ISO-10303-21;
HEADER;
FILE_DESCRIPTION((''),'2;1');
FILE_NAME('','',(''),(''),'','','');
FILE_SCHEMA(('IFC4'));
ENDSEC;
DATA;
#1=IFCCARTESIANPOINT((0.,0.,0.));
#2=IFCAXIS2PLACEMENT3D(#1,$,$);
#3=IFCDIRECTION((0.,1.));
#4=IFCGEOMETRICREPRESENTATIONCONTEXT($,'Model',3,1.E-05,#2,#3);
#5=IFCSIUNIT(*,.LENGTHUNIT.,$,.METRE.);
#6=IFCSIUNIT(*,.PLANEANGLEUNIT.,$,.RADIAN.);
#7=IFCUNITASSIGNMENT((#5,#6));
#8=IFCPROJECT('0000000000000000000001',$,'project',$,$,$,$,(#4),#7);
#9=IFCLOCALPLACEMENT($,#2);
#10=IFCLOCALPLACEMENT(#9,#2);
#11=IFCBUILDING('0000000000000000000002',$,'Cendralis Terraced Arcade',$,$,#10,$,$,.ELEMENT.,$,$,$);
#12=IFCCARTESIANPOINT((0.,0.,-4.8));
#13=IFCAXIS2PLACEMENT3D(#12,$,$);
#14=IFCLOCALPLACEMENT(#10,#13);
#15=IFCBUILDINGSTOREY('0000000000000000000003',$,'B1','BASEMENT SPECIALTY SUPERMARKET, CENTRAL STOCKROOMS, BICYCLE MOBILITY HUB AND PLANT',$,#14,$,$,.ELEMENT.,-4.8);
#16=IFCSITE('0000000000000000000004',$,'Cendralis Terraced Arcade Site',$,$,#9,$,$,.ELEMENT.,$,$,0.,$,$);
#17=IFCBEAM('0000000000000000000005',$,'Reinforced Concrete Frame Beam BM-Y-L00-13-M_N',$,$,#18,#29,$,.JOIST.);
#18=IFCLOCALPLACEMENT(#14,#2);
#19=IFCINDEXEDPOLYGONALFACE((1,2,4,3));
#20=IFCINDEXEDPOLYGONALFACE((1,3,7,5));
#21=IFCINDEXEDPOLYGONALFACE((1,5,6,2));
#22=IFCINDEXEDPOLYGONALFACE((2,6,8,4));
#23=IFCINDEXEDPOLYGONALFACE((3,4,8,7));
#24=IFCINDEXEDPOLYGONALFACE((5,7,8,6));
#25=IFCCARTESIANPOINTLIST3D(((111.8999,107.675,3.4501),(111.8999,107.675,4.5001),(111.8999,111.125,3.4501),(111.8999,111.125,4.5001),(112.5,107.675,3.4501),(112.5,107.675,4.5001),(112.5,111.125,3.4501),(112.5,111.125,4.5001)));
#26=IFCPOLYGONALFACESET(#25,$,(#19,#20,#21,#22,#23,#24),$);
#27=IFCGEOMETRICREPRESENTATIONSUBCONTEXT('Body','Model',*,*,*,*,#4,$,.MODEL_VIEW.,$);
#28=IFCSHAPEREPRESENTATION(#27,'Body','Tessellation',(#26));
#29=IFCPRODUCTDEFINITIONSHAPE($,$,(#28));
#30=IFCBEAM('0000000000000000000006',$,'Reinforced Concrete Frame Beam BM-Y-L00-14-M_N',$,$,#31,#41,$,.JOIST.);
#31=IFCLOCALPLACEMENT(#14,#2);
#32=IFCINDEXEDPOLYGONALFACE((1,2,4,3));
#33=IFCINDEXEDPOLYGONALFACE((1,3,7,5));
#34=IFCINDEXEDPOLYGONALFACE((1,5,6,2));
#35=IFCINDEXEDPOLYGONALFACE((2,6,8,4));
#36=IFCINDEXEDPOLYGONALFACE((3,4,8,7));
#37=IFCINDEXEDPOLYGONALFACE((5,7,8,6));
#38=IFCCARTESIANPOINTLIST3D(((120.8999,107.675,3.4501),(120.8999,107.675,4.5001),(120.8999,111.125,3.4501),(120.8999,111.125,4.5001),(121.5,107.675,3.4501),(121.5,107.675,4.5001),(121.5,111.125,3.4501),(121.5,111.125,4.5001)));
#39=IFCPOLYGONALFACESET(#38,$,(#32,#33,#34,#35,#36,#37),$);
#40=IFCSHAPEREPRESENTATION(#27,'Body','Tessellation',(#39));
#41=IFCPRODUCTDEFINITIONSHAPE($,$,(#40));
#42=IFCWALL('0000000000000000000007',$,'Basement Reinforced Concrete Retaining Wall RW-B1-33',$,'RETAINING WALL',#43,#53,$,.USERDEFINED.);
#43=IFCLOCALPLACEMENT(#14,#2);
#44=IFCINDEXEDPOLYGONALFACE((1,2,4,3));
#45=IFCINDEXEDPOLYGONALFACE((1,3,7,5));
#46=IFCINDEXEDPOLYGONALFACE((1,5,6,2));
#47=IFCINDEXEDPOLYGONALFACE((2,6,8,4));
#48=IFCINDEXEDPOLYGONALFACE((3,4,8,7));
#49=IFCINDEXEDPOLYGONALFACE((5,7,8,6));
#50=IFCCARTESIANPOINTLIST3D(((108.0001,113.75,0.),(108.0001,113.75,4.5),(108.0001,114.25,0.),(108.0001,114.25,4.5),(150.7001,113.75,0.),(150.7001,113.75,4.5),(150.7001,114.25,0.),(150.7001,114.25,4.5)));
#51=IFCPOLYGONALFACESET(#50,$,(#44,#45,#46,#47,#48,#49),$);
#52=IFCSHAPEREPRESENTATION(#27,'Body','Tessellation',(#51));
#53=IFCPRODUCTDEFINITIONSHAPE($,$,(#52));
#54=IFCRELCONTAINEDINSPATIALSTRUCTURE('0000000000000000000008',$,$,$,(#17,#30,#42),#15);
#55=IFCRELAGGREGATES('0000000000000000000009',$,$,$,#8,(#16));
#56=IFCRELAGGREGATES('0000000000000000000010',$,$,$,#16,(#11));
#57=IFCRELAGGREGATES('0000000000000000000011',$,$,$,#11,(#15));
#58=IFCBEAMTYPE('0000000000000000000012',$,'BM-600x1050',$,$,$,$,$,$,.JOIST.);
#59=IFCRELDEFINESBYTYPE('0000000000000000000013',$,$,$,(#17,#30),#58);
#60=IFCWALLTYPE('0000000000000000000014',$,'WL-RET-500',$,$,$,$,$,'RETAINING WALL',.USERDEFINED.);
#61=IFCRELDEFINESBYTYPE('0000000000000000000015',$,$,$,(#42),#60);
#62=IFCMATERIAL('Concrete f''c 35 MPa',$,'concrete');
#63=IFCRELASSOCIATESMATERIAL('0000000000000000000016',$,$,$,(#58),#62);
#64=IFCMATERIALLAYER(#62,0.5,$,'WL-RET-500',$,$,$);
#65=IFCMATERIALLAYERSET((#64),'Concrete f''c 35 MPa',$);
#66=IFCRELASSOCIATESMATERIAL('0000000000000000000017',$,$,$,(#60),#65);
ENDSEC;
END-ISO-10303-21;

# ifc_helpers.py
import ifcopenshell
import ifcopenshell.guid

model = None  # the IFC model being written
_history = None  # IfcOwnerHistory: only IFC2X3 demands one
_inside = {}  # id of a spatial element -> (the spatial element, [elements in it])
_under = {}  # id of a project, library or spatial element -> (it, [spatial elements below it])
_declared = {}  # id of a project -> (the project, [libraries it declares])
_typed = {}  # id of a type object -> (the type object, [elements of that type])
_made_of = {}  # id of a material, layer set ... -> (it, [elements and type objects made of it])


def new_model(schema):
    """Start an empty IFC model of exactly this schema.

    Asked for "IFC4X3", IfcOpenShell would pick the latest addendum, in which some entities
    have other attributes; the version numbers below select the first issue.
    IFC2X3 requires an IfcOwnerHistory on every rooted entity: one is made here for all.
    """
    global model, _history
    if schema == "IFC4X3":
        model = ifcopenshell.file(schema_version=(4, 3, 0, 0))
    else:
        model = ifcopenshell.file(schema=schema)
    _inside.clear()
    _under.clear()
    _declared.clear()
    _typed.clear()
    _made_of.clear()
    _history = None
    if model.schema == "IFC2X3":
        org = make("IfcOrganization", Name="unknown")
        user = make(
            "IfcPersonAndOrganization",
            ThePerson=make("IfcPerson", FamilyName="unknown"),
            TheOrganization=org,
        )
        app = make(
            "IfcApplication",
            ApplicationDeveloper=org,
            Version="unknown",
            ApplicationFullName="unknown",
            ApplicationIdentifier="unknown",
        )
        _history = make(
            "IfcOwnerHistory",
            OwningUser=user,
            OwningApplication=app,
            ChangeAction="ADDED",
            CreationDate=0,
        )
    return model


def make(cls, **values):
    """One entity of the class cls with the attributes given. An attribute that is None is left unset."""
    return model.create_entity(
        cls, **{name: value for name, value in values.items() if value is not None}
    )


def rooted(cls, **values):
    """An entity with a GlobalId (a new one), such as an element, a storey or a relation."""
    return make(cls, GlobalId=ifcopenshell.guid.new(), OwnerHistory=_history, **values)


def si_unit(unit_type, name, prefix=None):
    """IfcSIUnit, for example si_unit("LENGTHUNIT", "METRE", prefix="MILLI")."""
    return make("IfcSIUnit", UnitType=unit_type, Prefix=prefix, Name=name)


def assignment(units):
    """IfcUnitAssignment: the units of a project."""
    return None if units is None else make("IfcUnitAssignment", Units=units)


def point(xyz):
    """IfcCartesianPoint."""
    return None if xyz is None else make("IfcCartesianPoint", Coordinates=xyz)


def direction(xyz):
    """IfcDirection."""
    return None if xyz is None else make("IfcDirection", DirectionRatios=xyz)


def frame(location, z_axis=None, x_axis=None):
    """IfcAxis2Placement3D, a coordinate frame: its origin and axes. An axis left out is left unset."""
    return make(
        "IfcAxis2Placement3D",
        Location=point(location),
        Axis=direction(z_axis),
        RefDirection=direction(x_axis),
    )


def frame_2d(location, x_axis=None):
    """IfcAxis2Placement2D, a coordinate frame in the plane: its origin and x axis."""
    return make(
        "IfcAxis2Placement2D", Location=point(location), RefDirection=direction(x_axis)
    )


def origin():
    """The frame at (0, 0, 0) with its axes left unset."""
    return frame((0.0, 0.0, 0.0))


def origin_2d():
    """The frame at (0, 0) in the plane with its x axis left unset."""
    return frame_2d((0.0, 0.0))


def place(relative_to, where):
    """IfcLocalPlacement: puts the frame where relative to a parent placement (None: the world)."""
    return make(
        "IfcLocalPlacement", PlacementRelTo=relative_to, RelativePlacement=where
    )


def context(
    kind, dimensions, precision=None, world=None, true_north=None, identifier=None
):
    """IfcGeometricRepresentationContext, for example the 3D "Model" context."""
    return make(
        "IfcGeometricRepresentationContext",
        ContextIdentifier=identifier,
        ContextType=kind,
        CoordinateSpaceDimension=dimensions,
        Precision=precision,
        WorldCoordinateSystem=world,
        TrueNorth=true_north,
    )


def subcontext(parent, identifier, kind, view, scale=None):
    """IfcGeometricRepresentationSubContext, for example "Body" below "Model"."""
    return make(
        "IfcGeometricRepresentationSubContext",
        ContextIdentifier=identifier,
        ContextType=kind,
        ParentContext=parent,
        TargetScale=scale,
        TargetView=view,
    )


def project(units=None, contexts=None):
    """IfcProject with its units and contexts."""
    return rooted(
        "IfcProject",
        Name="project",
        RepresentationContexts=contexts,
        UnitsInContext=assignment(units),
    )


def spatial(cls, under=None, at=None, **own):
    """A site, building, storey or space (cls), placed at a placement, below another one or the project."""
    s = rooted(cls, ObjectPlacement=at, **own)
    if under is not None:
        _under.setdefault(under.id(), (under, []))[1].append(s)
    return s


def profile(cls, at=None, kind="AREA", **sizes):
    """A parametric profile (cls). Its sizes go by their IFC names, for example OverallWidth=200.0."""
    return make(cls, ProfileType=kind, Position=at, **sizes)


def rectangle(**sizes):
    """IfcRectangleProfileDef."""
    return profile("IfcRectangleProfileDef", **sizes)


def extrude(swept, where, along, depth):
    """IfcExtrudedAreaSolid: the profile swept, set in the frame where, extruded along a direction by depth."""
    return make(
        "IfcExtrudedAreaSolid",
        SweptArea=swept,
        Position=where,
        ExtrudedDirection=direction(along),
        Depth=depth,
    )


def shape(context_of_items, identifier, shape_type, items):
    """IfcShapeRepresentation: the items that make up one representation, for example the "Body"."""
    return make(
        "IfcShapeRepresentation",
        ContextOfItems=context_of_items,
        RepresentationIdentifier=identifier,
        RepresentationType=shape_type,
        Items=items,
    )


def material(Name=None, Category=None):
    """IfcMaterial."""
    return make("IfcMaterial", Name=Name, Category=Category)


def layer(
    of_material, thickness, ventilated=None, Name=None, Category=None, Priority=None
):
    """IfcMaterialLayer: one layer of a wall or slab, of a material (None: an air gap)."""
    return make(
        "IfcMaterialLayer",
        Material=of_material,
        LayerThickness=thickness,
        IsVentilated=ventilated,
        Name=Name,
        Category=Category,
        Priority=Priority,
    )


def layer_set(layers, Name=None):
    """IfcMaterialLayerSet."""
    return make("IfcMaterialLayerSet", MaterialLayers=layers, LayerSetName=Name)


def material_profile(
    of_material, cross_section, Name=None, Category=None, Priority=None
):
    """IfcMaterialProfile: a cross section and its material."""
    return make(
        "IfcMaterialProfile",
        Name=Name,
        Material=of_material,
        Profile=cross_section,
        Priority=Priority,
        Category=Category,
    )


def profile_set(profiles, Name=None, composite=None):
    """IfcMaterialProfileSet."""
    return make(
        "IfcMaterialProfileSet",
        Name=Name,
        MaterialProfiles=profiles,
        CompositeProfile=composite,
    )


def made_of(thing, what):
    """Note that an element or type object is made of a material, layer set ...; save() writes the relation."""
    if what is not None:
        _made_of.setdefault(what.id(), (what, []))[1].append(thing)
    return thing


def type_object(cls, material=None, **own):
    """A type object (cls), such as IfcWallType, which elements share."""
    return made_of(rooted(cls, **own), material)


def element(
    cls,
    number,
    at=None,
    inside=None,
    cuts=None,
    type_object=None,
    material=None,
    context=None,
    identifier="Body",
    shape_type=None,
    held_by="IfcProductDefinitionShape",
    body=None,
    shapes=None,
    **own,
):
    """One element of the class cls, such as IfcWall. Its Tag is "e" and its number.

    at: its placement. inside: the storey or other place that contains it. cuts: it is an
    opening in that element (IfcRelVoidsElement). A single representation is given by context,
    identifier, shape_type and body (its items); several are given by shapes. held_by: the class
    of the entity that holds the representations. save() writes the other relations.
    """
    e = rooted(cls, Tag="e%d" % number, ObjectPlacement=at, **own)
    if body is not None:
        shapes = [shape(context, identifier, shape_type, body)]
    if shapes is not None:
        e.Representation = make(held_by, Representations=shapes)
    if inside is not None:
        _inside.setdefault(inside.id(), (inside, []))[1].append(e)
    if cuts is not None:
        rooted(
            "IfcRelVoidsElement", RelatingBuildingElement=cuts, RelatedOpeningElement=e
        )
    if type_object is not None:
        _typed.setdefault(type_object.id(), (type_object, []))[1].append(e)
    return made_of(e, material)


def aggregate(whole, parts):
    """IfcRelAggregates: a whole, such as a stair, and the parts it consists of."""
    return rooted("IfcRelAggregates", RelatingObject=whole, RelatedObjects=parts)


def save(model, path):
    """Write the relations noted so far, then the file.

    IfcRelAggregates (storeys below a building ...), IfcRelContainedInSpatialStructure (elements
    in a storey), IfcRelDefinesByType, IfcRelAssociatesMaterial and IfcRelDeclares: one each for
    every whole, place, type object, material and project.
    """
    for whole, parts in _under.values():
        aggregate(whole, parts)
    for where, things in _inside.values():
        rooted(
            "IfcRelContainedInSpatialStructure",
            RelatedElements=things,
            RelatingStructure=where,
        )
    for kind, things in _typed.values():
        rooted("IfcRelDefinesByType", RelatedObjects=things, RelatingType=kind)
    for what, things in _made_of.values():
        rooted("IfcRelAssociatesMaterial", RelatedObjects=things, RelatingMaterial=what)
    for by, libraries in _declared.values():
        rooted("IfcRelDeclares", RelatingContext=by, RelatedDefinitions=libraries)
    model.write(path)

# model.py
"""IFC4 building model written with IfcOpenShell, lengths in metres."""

from ifc_helpers import new_model, si_unit, direction, frame, frame_2d, origin, origin_2d, place, context, subcontext, project, spatial, rectangle, extrude, material, layer, layer_set, material_profile, profile_set, type_object, element, save


model = new_model("IFC4")

# Units and contexts
model_context = context("Model", 3, precision=1e-05, world=origin(), true_north=direction((0.0, 1.0)))
body_context = subcontext(model_context, "Body", "Model", "MODEL_VIEW")
ifc_project = project(units=[si_unit("LENGTHUNIT", "METRE"), si_unit("PLANEANGLEUNIT", "RADIAN")], contexts=[model_context])

# Site, building, storey
site_placement = place(None, origin())
site = spatial("IfcSite", under=ifc_project, at=site_placement, Name="Cendralis Terraced Arcade Site", CompositionType="ELEMENT", RefElevation=0.0)
building_placement = place(site_placement, origin())
building = spatial("IfcBuilding", under=site, at=building_placement, Name="Cendralis Terraced Arcade", CompositionType="ELEMENT")
storey_placement = place(building_placement, frame((0.0, 0.0, -4.8)))
storey = spatial("IfcBuildingStorey", under=building, at=storey_placement, Name="B1", Description="BASEMENT SPECIALTY SUPERMARKET, CENTRAL STOCKROOMS, BICYCLE MOBILITY HUB AND PLANT", CompositionType="ELEMENT", Elevation=-4.8)

# Shared definitions
ifc_material_1 = material(Name="Concrete f'c 35 MPa", Category="concrete")

# Beams
ifc_material_profile_1 = material_profile(ifc_material_1, rectangle(XDim=0.6001, YDim=1.05, at=origin_2d()), Name="RC-BM-600x1050", Category="LoadBearing")
ifc_profile_set_1 = profile_set([ifc_material_profile_1], Name="Concrete f'c 35 MPa")
beam_type = type_object("IfcBeamType", Name="BM-600x1050", PredefinedType="JOIST", material=ifc_profile_set_1)
for number, where, z_axis, x_axis, name in (
    (1, (112.2, 107.675, 3.9751), (0.0, 1.0, 0.0), (-1.0, 0.0, 0.0), "Reinforced Concrete Frame Beam BM-Y-L00-13-M_N"),
    (2, (121.2, 107.675, 3.9751), (0.0, 1.0, 0.0), (-1.0, 0.0, 0.0), "Reinforced Concrete Frame Beam BM-Y-L00-14-M_N"),
):
    element("IfcBeam", number, at=place(storey_placement, frame(where, z_axis=z_axis, x_axis=x_axis)), inside=storey, type_object=beam_type, Name=name, PredefinedType="JOIST", context=body_context, shape_type="SweptSolid", body=[
        extrude(rectangle(XDim=0.6001, YDim=1.05, at=origin_2d()), origin(), (0.0, 0.0, 1.0), 3.45),
    ])

# Wall
ifc_layer = layer(ifc_material_1, 0.5, Name="WL-RET-500")
ifc_layer_set = layer_set([ifc_layer], Name="Concrete f'c 35 MPa")
wall_type = type_object("IfcWallType", Name="WL-RET-500", ElementType="RETAINING WALL", PredefinedType="USERDEFINED", material=ifc_layer_set)
wall_placement = place(storey_placement, frame((108.0, 114.0, 0.0), z_axis=(0.0, 0.0, 1.0), x_axis=(1.0, 0.0, 0.0)))
element("IfcWall", 3, at=wall_placement, inside=storey, type_object=wall_type, Name="Basement Reinforced Concrete Retaining Wall RW-B1-33", ObjectType="RETAINING WALL", PredefinedType="USERDEFINED", context=body_context, shape_type="SweptSolid", body=[
    extrude(rectangle(XDim=42.7, YDim=0.5, at=frame_2d((21.3501, 0.0))), origin(), (0.0, 0.0, 1.0), 4.5),
])

save(model, "model.ifc")
